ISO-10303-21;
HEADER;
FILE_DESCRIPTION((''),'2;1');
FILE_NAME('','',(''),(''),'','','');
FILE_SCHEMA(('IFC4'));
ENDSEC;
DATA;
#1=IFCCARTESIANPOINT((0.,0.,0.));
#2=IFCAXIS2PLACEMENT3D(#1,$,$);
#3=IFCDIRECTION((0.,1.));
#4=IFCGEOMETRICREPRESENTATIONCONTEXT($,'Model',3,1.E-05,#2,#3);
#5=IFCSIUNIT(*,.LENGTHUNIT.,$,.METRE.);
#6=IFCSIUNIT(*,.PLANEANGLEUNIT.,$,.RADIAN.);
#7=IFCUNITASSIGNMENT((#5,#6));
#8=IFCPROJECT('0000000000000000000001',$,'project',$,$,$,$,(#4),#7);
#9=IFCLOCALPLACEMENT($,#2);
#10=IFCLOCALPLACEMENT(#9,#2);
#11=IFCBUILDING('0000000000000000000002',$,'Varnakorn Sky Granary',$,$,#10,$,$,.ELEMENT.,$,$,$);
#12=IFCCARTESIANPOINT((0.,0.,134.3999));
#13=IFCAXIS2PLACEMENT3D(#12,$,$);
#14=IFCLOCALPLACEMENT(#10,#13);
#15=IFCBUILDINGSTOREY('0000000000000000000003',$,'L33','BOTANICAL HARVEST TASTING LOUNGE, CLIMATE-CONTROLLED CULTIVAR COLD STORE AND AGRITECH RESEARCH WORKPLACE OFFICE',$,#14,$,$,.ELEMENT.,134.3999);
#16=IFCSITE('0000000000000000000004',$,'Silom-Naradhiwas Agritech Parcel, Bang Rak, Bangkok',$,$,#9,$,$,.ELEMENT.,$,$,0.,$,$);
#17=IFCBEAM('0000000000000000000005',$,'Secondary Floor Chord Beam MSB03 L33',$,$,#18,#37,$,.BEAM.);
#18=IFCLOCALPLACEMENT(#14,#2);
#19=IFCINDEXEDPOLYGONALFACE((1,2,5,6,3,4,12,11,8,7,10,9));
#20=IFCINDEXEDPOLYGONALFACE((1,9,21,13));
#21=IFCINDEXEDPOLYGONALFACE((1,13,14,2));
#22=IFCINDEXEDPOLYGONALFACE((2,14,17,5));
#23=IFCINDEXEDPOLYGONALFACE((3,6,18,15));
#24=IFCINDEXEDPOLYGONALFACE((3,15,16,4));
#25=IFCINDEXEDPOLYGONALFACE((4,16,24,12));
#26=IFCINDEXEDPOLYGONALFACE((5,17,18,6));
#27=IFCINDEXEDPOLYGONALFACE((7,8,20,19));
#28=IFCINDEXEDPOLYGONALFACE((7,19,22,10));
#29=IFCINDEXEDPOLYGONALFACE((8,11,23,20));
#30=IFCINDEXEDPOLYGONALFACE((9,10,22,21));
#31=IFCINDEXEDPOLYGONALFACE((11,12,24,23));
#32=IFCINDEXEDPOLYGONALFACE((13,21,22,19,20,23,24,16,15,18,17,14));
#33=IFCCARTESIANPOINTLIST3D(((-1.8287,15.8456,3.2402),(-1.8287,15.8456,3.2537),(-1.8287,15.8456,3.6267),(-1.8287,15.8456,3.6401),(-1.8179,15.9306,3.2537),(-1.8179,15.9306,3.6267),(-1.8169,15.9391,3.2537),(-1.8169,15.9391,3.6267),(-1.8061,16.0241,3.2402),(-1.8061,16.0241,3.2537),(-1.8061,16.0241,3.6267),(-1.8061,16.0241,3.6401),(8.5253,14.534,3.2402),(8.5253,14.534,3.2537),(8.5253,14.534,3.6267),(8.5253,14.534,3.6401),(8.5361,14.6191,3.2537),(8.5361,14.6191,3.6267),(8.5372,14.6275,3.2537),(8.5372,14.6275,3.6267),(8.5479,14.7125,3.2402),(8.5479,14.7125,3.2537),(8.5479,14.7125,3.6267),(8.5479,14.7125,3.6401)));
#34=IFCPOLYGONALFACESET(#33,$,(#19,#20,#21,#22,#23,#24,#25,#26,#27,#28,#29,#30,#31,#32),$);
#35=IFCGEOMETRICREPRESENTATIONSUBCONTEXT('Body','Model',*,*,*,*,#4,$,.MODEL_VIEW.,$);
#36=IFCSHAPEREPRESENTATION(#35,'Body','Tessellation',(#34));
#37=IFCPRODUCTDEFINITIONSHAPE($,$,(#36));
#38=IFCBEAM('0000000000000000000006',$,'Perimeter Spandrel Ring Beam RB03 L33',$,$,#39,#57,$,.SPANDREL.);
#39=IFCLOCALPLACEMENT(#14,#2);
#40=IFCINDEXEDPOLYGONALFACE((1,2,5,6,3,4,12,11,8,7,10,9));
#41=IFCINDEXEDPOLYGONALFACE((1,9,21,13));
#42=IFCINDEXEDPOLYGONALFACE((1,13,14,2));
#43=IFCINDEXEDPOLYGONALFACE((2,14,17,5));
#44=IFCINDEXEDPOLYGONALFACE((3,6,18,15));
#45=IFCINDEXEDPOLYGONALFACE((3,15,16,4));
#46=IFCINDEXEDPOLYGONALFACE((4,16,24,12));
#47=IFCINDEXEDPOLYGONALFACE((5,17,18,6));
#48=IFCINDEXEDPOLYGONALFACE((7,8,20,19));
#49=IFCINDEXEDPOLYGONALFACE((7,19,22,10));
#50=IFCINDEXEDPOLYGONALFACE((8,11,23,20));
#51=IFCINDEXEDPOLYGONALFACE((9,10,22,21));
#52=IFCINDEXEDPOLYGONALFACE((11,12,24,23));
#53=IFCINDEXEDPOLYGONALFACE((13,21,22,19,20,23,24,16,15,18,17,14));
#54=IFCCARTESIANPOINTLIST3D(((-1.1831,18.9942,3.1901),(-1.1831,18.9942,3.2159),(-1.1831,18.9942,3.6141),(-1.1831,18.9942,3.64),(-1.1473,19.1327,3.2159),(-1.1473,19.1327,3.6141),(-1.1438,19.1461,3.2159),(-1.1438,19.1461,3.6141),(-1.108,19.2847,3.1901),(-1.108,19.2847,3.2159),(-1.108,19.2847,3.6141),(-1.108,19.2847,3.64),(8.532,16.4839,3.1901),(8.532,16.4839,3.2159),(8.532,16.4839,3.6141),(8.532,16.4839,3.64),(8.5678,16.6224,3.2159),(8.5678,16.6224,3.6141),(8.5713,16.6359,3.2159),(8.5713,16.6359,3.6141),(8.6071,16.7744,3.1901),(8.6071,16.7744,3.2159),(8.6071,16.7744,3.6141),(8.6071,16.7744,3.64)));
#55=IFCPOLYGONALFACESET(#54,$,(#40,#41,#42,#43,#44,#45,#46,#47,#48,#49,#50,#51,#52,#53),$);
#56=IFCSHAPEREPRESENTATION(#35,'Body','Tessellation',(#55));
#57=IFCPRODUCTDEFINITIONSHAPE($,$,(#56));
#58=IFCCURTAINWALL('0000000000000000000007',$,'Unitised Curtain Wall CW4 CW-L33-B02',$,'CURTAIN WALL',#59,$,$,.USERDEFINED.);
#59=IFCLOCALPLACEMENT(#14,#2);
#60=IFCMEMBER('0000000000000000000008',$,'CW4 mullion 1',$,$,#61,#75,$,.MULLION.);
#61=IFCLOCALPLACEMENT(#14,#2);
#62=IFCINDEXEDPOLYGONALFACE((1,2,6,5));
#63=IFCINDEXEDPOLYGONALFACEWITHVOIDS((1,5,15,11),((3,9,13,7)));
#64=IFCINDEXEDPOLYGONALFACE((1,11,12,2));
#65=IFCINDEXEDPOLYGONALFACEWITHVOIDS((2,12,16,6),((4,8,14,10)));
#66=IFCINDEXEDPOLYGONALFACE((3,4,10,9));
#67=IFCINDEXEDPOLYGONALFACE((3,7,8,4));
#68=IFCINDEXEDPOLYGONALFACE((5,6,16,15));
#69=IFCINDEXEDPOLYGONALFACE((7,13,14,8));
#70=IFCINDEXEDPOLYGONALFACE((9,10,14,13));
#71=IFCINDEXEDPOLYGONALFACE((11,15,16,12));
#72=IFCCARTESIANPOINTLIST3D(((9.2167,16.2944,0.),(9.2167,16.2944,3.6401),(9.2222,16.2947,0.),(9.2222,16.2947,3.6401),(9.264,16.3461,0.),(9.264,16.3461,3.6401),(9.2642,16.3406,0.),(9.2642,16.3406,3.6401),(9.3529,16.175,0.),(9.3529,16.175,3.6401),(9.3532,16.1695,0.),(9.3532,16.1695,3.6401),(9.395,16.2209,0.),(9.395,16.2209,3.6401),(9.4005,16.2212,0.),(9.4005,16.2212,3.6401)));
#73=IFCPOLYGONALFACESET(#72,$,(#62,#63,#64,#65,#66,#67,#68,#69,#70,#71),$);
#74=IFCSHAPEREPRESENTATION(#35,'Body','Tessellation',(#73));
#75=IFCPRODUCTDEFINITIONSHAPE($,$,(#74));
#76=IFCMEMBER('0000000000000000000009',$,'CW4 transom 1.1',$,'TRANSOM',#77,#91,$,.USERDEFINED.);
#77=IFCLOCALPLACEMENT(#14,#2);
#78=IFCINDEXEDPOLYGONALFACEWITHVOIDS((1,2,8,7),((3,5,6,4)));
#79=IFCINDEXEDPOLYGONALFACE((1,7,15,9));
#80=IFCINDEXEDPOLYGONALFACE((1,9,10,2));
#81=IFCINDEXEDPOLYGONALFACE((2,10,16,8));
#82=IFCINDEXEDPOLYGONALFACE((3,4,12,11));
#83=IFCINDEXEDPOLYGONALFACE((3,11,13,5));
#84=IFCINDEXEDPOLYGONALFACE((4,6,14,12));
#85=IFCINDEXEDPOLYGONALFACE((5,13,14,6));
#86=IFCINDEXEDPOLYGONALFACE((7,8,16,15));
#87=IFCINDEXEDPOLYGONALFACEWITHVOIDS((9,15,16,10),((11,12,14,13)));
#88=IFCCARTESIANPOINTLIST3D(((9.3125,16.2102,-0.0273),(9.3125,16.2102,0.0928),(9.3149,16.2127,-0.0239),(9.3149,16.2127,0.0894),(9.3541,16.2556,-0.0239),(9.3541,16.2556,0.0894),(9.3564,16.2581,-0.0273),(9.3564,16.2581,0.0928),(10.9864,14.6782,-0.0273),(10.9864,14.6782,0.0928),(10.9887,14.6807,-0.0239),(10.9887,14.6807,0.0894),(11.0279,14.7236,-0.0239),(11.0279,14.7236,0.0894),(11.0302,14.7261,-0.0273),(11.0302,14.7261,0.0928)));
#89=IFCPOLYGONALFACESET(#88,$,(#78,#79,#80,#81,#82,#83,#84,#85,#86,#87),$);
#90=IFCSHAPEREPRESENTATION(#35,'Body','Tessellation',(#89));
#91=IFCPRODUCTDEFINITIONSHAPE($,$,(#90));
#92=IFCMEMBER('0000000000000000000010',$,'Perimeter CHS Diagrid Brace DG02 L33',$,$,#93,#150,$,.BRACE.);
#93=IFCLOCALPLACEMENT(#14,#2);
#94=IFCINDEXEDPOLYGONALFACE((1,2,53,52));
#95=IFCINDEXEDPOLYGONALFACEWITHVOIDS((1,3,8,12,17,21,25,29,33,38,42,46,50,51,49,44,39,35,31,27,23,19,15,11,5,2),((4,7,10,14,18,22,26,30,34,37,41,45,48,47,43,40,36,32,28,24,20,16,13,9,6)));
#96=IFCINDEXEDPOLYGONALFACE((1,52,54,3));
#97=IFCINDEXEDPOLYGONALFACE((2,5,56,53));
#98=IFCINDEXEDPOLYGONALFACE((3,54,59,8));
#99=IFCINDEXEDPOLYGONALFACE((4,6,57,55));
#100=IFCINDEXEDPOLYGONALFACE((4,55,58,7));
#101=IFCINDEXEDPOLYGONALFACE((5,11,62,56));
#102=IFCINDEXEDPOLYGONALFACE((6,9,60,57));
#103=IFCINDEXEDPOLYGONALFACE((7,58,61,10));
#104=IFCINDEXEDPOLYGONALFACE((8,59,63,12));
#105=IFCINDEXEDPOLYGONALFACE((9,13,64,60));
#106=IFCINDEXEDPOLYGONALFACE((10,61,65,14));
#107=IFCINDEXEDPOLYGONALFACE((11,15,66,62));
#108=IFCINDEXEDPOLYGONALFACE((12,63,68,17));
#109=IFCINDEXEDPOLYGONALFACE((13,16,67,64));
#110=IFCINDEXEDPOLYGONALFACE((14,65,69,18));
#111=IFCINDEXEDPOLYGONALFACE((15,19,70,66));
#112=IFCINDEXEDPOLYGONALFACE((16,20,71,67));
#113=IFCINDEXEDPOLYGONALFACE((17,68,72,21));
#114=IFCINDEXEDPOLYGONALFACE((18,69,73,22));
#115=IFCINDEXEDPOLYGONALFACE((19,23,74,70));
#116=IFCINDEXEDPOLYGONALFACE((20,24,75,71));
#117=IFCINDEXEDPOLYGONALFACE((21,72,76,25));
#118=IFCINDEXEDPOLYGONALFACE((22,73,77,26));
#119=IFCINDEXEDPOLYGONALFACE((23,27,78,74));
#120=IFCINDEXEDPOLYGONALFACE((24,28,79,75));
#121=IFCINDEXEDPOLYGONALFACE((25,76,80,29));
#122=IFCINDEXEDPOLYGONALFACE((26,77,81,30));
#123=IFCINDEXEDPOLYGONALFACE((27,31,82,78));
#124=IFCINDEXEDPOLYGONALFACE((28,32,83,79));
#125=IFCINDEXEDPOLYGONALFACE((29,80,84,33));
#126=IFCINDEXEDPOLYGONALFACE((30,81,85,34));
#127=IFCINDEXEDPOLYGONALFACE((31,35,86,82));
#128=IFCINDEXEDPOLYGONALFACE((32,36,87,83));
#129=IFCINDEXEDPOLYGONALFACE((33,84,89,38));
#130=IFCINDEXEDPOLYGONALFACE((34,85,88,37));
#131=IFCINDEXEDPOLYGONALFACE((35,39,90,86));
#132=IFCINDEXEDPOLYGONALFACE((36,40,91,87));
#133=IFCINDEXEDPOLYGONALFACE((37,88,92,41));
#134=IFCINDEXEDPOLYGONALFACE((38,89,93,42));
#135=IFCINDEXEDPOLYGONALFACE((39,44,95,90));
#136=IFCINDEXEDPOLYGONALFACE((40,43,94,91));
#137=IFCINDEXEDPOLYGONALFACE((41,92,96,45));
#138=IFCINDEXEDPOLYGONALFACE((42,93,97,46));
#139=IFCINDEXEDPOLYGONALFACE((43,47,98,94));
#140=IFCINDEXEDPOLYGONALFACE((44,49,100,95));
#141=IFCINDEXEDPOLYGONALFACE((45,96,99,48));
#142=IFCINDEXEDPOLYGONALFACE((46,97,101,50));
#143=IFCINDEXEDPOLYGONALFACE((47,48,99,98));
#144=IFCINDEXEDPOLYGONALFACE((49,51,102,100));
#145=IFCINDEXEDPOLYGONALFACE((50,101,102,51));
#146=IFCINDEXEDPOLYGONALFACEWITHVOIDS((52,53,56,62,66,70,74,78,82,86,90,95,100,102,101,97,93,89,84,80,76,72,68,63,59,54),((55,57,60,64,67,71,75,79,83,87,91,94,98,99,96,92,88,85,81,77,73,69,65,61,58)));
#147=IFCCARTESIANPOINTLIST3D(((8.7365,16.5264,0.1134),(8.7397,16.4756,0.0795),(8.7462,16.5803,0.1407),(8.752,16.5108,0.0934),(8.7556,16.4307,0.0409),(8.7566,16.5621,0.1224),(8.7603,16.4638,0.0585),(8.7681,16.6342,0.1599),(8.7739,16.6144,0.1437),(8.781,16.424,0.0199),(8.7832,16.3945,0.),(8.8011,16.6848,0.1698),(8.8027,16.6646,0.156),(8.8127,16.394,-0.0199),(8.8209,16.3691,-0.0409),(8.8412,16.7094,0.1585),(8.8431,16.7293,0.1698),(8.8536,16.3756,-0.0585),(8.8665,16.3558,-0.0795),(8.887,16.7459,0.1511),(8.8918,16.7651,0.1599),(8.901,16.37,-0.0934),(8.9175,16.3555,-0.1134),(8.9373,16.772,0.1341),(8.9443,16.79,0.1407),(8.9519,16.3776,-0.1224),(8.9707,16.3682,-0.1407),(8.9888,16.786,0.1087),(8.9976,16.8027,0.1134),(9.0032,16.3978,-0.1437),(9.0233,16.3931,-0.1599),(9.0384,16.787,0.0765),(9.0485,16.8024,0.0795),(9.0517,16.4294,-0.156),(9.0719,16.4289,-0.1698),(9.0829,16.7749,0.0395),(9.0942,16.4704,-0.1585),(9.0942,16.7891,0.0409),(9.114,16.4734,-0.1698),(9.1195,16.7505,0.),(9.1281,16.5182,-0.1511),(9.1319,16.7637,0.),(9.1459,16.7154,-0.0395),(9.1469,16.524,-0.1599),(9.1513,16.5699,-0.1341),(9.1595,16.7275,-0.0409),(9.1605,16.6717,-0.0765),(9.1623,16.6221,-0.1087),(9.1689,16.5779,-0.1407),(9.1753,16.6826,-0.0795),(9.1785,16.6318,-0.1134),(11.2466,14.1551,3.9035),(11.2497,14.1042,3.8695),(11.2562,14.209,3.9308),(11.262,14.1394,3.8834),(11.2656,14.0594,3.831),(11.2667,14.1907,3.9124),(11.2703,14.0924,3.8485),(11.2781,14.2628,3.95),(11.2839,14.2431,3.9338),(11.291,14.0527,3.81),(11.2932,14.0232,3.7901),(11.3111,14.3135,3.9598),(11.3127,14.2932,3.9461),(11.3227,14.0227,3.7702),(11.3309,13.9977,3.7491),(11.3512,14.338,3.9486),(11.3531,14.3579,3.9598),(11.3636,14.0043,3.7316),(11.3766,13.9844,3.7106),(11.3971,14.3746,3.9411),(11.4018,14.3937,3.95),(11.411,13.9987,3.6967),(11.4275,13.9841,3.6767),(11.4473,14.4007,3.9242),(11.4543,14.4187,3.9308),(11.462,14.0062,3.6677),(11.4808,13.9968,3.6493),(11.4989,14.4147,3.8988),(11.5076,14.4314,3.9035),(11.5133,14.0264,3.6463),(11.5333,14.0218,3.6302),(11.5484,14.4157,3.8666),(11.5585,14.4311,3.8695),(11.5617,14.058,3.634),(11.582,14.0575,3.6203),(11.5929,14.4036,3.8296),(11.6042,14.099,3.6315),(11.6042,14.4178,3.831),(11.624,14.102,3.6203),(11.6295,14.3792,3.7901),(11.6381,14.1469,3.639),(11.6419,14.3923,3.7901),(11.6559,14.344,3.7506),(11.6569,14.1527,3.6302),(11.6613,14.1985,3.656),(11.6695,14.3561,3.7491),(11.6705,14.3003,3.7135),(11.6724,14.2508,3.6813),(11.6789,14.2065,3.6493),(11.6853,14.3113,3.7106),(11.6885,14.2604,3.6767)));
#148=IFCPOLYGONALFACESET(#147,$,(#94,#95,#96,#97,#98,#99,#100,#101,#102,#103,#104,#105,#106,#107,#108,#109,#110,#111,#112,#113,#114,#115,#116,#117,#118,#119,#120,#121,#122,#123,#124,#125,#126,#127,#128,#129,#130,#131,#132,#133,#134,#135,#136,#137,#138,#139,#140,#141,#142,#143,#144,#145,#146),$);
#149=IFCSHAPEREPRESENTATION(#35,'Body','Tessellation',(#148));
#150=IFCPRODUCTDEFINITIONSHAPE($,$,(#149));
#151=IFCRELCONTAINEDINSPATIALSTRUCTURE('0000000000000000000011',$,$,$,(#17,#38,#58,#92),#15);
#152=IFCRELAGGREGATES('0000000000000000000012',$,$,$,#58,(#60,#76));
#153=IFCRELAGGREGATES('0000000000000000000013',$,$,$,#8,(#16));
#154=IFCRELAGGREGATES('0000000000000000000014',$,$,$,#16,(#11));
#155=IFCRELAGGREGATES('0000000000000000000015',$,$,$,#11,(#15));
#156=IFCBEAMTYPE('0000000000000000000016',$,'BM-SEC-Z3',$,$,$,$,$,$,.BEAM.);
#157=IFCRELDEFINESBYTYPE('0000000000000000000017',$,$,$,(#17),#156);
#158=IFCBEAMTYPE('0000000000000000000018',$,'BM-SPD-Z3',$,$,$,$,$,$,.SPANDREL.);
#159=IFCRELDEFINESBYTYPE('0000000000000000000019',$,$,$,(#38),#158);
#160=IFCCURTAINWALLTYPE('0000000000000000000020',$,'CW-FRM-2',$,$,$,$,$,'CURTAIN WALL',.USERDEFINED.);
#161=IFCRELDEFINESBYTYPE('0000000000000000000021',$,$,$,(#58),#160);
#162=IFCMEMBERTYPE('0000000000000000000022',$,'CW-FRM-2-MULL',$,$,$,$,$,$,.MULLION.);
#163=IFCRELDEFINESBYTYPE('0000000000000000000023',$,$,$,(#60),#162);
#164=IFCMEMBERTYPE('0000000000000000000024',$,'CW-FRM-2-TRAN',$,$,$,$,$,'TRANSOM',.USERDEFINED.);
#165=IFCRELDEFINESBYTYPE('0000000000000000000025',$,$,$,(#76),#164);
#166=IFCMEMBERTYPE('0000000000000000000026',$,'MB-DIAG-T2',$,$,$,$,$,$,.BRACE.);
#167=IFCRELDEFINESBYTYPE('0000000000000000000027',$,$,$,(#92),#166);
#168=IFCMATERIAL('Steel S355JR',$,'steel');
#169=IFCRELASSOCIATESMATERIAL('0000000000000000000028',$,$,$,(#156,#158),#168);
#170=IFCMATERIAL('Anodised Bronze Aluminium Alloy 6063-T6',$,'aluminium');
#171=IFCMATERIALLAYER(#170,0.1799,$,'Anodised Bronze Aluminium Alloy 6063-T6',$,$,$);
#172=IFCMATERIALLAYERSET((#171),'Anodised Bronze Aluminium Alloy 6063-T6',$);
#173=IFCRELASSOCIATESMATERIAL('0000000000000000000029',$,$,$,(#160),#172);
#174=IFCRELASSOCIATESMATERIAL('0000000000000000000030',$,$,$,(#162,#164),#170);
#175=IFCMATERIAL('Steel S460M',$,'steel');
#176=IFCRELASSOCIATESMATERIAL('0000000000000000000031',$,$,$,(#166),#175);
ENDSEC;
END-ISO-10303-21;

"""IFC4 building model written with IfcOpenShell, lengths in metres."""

from ifc_helpers import new_model, si_unit, direction, frame, origin, origin_2d, place, context, subcontext, project, spatial, hollow_rectangle, hollow_circle, i_section, extrude, material, layer, layer_set, material_profile, profile_set, type_object, element, aggregate, save


model = new_model("IFC4")

# Units and contexts
model_context = context("Model", 3, precision=1e-05, world=origin(), true_north=direction((0.0, 1.0)))
body_context = subcontext(model_context, "Body", "Model", "MODEL_VIEW")
ifc_project = project(units=[si_unit("LENGTHUNIT", "METRE"), si_unit("PLANEANGLEUNIT", "RADIAN")], contexts=[model_context])

# Site, building, storey
site_placement = place(None, origin())
site = spatial("IfcSite", under=ifc_project, at=site_placement, Name="Silom-Naradhiwas Agritech Parcel, Bang Rak, Bangkok", CompositionType="ELEMENT", RefElevation=0.0)
building_placement = place(site_placement, origin())
building = spatial("IfcBuilding", under=site, at=building_placement, Name="Varnakorn Sky Granary", CompositionType="ELEMENT")
storey_placement = place(building_placement, frame((0.0, 0.0, 134.3999)))
storey = spatial("IfcBuildingStorey", under=building, at=storey_placement, Name="L33", Description="BOTANICAL HARVEST TASTING LOUNGE, CLIMATE-CONTROLLED CULTIVAR COLD STORE AND AGRITECH RESEARCH WORKPLACE OFFICE", CompositionType="ELEMENT", Elevation=134.3999)

# Shared definitions
ifc_material_1 = material(Name="Steel S460M", Category="steel")

# Beams
ifc_material_2 = material(Name="Steel S355JR", Category="steel")
ifc_material_profile_1 = material_profile(ifc_material_2, i_section(OverallWidth=0.1799, OverallDepth=0.3999, WebThickness=0.0085, FlangeThickness=0.0134, at=origin_2d()), Name="IPE 400")
ifc_profile_set_1 = profile_set([ifc_material_profile_1], Name="Steel S355JR")
beam_type_1 = type_object("IfcBeamType", Name="BM-SEC-Z3", PredefinedType="BEAM", material=ifc_profile_set_1)
beam_1_placement = place(storey_placement, frame((8.5366, 14.6233, 3.4402), z_axis=(-0.992073, 0.125664, 0.0), x_axis=(-0.125664, -0.992073, 0.0)))
element("IfcBeam", 1, at=beam_1_placement, inside=storey, type_object=beam_type_1, Name="Secondary Floor Chord Beam MSB03 L33", PredefinedType="BEAM", context=body_context, shape_type="SweptSolid", body=[
    extrude(i_section(OverallWidth=0.1799, OverallDepth=0.3999, WebThickness=0.0085, FlangeThickness=0.0134, at=origin_2d()), origin(), (0.0, 0.0, 1.0), 10.4368),
])
ifc_material_profile_2 = material_profile(ifc_material_2, i_section(OverallWidth=0.3, OverallDepth=0.45, WebThickness=0.0139, FlangeThickness=0.0259, at=origin_2d()), Name="HE 450 B")
ifc_profile_set_2 = profile_set([ifc_material_profile_2], Name="Steel S355JR")
beam_type_2 = type_object("IfcBeamType", Name="BM-SPD-Z3", PredefinedType="SPANDREL", material=ifc_profile_set_2)
beam_2_placement = place(storey_placement, frame((8.5696, 16.6292, 3.415), z_axis=(-0.968202, 0.250171, 0.0), x_axis=(-0.250171, -0.968202, 0.0)))
element("IfcBeam", 2, at=beam_2_placement, inside=storey, type_object=beam_type_2, Name="Perimeter Spandrel Ring Beam RB03 L33", PredefinedType="SPANDREL", context=body_context, shape_type="SweptSolid", body=[
    extrude(i_section(OverallWidth=0.3, OverallDepth=0.45, WebThickness=0.0139, FlangeThickness=0.0259, at=origin_2d()), origin(), (0.0, 0.0, 1.0), 10.0342),
])

# Curtain wall, members
ifc_material_3 = material(Name="Anodised Bronze Aluminium Alloy 6063-T6", Category="aluminium")
ifc_layer_1 = layer(ifc_material_3, 0.1799, Name="Anodised Bronze Aluminium Alloy 6063-T6")
ifc_layer_set_1 = layer_set([ifc_layer_1], Name="Anodised Bronze Aluminium Alloy 6063-T6")
curtain_wall_type = type_object("IfcCurtainWallType", Name="CW-FRM-2", ElementType="CURTAIN WALL", PredefinedType="USERDEFINED", material=ifc_layer_set_1)
curtain_wall_placement = place(storey_placement, origin())
curtain_wall = element("IfcCurtainWall", 3, at=curtain_wall_placement, inside=storey, type_object=curtain_wall_type, Name="Unitised Curtain Wall CW4 CW-L33-B02", ObjectType="CURTAIN WALL", PredefinedType="USERDEFINED")
ifc_material_profile_3 = material_profile(ifc_material_3, hollow_rectangle(XDim=0.0701, YDim=0.1851, WallThickness=0.0039, at=origin_2d()), Name="ALU MULL 70x185")
ifc_profile_set_3 = profile_set([ifc_material_profile_3], Name="Anodised Bronze Aluminium Alloy 6063-T6")
member_type_1 = type_object("IfcMemberType", Name="CW-FRM-2-MULL", PredefinedType="MULLION", material=ifc_profile_set_3)
member_1_placement = place(storey_placement, frame((9.3086, 16.2578, 0.0), z_axis=(0.0, 0.0, 1.0), x_axis=(0.675183, 0.737651, 0.0)))
member_1 = element("IfcMember", 4, at=member_1_placement, type_object=member_type_1, Name="CW4 mullion 1", PredefinedType="MULLION", context=body_context, shape_type="SweptSolid", body=[
    extrude(hollow_rectangle(XDim=0.0701, YDim=0.1851, WallThickness=0.0039, at=origin_2d()), origin(), (0.0, 0.0, 1.0), 3.6401),
])
ifc_material_profile_4 = material_profile(ifc_material_3, hollow_rectangle(XDim=0.0649, YDim=0.1201, WallThickness=0.0034, at=origin_2d()), Name="ALU TRAN 65x120")
ifc_profile_set_4 = profile_set([ifc_material_profile_4], Name="Anodised Bronze Aluminium Alloy 6063-T6")
member_type_2 = type_object("IfcMemberType", Name="CW-FRM-2-TRAN", ElementType="TRANSOM", PredefinedType="USERDEFINED", material=ifc_profile_set_4)
member_2_placement = place(storey_placement, frame((9.3345, 16.2341, 0.0327), z_axis=(0.737672, -0.675159, 0.0), x_axis=(0.675159, 0.737672, 0.0)))
member_2 = element("IfcMember", 5, at=member_2_placement, type_object=member_type_2, Name="CW4 transom 1.1", ObjectType="TRANSOM", PredefinedType="USERDEFINED", context=body_context, shape_type="SweptSolid", body=[
    extrude(hollow_rectangle(XDim=0.0649, YDim=0.1201, WallThickness=0.0034, at=origin_2d()), origin(), (0.0, 0.0, 1.0), 2.269),
])
aggregate(curtain_wall, [member_1, member_2])

# Member
ifc_material_profile_5 = material_profile(ifc_material_1, hollow_circle(Radius=0.2539, WallThickness=0.0181, at=origin_2d()), Name="CHS 508x18")
ifc_profile_set_5 = profile_set([ifc_material_profile_5], Name="Steel S460M")
member_type_3 = type_object("IfcMemberType", Name="MB-DIAG-T2", PredefinedType="BRACE", material=ifc_profile_set_5)
member_3_placement = place(storey_placement, frame((8.9575, 16.5791, 0.0), z_axis=(0.489551, -0.462505, 0.739208), x_axis=(0.686742, 0.726901, 0.0)))
element("IfcMember", 6, at=member_3_placement, inside=storey, type_object=member_type_3, Name="Perimeter CHS Diagrid Brace DG02 L33", PredefinedType="BRACE", context=body_context, shape_type="SweptSolid", body=[
    extrude(hollow_circle(Radius=0.2539, WallThickness=0.0181, at=origin_2d()), origin(), (0.0, 0.0, 1.0), 5.1272),
])

save(model, "model.ifc")
